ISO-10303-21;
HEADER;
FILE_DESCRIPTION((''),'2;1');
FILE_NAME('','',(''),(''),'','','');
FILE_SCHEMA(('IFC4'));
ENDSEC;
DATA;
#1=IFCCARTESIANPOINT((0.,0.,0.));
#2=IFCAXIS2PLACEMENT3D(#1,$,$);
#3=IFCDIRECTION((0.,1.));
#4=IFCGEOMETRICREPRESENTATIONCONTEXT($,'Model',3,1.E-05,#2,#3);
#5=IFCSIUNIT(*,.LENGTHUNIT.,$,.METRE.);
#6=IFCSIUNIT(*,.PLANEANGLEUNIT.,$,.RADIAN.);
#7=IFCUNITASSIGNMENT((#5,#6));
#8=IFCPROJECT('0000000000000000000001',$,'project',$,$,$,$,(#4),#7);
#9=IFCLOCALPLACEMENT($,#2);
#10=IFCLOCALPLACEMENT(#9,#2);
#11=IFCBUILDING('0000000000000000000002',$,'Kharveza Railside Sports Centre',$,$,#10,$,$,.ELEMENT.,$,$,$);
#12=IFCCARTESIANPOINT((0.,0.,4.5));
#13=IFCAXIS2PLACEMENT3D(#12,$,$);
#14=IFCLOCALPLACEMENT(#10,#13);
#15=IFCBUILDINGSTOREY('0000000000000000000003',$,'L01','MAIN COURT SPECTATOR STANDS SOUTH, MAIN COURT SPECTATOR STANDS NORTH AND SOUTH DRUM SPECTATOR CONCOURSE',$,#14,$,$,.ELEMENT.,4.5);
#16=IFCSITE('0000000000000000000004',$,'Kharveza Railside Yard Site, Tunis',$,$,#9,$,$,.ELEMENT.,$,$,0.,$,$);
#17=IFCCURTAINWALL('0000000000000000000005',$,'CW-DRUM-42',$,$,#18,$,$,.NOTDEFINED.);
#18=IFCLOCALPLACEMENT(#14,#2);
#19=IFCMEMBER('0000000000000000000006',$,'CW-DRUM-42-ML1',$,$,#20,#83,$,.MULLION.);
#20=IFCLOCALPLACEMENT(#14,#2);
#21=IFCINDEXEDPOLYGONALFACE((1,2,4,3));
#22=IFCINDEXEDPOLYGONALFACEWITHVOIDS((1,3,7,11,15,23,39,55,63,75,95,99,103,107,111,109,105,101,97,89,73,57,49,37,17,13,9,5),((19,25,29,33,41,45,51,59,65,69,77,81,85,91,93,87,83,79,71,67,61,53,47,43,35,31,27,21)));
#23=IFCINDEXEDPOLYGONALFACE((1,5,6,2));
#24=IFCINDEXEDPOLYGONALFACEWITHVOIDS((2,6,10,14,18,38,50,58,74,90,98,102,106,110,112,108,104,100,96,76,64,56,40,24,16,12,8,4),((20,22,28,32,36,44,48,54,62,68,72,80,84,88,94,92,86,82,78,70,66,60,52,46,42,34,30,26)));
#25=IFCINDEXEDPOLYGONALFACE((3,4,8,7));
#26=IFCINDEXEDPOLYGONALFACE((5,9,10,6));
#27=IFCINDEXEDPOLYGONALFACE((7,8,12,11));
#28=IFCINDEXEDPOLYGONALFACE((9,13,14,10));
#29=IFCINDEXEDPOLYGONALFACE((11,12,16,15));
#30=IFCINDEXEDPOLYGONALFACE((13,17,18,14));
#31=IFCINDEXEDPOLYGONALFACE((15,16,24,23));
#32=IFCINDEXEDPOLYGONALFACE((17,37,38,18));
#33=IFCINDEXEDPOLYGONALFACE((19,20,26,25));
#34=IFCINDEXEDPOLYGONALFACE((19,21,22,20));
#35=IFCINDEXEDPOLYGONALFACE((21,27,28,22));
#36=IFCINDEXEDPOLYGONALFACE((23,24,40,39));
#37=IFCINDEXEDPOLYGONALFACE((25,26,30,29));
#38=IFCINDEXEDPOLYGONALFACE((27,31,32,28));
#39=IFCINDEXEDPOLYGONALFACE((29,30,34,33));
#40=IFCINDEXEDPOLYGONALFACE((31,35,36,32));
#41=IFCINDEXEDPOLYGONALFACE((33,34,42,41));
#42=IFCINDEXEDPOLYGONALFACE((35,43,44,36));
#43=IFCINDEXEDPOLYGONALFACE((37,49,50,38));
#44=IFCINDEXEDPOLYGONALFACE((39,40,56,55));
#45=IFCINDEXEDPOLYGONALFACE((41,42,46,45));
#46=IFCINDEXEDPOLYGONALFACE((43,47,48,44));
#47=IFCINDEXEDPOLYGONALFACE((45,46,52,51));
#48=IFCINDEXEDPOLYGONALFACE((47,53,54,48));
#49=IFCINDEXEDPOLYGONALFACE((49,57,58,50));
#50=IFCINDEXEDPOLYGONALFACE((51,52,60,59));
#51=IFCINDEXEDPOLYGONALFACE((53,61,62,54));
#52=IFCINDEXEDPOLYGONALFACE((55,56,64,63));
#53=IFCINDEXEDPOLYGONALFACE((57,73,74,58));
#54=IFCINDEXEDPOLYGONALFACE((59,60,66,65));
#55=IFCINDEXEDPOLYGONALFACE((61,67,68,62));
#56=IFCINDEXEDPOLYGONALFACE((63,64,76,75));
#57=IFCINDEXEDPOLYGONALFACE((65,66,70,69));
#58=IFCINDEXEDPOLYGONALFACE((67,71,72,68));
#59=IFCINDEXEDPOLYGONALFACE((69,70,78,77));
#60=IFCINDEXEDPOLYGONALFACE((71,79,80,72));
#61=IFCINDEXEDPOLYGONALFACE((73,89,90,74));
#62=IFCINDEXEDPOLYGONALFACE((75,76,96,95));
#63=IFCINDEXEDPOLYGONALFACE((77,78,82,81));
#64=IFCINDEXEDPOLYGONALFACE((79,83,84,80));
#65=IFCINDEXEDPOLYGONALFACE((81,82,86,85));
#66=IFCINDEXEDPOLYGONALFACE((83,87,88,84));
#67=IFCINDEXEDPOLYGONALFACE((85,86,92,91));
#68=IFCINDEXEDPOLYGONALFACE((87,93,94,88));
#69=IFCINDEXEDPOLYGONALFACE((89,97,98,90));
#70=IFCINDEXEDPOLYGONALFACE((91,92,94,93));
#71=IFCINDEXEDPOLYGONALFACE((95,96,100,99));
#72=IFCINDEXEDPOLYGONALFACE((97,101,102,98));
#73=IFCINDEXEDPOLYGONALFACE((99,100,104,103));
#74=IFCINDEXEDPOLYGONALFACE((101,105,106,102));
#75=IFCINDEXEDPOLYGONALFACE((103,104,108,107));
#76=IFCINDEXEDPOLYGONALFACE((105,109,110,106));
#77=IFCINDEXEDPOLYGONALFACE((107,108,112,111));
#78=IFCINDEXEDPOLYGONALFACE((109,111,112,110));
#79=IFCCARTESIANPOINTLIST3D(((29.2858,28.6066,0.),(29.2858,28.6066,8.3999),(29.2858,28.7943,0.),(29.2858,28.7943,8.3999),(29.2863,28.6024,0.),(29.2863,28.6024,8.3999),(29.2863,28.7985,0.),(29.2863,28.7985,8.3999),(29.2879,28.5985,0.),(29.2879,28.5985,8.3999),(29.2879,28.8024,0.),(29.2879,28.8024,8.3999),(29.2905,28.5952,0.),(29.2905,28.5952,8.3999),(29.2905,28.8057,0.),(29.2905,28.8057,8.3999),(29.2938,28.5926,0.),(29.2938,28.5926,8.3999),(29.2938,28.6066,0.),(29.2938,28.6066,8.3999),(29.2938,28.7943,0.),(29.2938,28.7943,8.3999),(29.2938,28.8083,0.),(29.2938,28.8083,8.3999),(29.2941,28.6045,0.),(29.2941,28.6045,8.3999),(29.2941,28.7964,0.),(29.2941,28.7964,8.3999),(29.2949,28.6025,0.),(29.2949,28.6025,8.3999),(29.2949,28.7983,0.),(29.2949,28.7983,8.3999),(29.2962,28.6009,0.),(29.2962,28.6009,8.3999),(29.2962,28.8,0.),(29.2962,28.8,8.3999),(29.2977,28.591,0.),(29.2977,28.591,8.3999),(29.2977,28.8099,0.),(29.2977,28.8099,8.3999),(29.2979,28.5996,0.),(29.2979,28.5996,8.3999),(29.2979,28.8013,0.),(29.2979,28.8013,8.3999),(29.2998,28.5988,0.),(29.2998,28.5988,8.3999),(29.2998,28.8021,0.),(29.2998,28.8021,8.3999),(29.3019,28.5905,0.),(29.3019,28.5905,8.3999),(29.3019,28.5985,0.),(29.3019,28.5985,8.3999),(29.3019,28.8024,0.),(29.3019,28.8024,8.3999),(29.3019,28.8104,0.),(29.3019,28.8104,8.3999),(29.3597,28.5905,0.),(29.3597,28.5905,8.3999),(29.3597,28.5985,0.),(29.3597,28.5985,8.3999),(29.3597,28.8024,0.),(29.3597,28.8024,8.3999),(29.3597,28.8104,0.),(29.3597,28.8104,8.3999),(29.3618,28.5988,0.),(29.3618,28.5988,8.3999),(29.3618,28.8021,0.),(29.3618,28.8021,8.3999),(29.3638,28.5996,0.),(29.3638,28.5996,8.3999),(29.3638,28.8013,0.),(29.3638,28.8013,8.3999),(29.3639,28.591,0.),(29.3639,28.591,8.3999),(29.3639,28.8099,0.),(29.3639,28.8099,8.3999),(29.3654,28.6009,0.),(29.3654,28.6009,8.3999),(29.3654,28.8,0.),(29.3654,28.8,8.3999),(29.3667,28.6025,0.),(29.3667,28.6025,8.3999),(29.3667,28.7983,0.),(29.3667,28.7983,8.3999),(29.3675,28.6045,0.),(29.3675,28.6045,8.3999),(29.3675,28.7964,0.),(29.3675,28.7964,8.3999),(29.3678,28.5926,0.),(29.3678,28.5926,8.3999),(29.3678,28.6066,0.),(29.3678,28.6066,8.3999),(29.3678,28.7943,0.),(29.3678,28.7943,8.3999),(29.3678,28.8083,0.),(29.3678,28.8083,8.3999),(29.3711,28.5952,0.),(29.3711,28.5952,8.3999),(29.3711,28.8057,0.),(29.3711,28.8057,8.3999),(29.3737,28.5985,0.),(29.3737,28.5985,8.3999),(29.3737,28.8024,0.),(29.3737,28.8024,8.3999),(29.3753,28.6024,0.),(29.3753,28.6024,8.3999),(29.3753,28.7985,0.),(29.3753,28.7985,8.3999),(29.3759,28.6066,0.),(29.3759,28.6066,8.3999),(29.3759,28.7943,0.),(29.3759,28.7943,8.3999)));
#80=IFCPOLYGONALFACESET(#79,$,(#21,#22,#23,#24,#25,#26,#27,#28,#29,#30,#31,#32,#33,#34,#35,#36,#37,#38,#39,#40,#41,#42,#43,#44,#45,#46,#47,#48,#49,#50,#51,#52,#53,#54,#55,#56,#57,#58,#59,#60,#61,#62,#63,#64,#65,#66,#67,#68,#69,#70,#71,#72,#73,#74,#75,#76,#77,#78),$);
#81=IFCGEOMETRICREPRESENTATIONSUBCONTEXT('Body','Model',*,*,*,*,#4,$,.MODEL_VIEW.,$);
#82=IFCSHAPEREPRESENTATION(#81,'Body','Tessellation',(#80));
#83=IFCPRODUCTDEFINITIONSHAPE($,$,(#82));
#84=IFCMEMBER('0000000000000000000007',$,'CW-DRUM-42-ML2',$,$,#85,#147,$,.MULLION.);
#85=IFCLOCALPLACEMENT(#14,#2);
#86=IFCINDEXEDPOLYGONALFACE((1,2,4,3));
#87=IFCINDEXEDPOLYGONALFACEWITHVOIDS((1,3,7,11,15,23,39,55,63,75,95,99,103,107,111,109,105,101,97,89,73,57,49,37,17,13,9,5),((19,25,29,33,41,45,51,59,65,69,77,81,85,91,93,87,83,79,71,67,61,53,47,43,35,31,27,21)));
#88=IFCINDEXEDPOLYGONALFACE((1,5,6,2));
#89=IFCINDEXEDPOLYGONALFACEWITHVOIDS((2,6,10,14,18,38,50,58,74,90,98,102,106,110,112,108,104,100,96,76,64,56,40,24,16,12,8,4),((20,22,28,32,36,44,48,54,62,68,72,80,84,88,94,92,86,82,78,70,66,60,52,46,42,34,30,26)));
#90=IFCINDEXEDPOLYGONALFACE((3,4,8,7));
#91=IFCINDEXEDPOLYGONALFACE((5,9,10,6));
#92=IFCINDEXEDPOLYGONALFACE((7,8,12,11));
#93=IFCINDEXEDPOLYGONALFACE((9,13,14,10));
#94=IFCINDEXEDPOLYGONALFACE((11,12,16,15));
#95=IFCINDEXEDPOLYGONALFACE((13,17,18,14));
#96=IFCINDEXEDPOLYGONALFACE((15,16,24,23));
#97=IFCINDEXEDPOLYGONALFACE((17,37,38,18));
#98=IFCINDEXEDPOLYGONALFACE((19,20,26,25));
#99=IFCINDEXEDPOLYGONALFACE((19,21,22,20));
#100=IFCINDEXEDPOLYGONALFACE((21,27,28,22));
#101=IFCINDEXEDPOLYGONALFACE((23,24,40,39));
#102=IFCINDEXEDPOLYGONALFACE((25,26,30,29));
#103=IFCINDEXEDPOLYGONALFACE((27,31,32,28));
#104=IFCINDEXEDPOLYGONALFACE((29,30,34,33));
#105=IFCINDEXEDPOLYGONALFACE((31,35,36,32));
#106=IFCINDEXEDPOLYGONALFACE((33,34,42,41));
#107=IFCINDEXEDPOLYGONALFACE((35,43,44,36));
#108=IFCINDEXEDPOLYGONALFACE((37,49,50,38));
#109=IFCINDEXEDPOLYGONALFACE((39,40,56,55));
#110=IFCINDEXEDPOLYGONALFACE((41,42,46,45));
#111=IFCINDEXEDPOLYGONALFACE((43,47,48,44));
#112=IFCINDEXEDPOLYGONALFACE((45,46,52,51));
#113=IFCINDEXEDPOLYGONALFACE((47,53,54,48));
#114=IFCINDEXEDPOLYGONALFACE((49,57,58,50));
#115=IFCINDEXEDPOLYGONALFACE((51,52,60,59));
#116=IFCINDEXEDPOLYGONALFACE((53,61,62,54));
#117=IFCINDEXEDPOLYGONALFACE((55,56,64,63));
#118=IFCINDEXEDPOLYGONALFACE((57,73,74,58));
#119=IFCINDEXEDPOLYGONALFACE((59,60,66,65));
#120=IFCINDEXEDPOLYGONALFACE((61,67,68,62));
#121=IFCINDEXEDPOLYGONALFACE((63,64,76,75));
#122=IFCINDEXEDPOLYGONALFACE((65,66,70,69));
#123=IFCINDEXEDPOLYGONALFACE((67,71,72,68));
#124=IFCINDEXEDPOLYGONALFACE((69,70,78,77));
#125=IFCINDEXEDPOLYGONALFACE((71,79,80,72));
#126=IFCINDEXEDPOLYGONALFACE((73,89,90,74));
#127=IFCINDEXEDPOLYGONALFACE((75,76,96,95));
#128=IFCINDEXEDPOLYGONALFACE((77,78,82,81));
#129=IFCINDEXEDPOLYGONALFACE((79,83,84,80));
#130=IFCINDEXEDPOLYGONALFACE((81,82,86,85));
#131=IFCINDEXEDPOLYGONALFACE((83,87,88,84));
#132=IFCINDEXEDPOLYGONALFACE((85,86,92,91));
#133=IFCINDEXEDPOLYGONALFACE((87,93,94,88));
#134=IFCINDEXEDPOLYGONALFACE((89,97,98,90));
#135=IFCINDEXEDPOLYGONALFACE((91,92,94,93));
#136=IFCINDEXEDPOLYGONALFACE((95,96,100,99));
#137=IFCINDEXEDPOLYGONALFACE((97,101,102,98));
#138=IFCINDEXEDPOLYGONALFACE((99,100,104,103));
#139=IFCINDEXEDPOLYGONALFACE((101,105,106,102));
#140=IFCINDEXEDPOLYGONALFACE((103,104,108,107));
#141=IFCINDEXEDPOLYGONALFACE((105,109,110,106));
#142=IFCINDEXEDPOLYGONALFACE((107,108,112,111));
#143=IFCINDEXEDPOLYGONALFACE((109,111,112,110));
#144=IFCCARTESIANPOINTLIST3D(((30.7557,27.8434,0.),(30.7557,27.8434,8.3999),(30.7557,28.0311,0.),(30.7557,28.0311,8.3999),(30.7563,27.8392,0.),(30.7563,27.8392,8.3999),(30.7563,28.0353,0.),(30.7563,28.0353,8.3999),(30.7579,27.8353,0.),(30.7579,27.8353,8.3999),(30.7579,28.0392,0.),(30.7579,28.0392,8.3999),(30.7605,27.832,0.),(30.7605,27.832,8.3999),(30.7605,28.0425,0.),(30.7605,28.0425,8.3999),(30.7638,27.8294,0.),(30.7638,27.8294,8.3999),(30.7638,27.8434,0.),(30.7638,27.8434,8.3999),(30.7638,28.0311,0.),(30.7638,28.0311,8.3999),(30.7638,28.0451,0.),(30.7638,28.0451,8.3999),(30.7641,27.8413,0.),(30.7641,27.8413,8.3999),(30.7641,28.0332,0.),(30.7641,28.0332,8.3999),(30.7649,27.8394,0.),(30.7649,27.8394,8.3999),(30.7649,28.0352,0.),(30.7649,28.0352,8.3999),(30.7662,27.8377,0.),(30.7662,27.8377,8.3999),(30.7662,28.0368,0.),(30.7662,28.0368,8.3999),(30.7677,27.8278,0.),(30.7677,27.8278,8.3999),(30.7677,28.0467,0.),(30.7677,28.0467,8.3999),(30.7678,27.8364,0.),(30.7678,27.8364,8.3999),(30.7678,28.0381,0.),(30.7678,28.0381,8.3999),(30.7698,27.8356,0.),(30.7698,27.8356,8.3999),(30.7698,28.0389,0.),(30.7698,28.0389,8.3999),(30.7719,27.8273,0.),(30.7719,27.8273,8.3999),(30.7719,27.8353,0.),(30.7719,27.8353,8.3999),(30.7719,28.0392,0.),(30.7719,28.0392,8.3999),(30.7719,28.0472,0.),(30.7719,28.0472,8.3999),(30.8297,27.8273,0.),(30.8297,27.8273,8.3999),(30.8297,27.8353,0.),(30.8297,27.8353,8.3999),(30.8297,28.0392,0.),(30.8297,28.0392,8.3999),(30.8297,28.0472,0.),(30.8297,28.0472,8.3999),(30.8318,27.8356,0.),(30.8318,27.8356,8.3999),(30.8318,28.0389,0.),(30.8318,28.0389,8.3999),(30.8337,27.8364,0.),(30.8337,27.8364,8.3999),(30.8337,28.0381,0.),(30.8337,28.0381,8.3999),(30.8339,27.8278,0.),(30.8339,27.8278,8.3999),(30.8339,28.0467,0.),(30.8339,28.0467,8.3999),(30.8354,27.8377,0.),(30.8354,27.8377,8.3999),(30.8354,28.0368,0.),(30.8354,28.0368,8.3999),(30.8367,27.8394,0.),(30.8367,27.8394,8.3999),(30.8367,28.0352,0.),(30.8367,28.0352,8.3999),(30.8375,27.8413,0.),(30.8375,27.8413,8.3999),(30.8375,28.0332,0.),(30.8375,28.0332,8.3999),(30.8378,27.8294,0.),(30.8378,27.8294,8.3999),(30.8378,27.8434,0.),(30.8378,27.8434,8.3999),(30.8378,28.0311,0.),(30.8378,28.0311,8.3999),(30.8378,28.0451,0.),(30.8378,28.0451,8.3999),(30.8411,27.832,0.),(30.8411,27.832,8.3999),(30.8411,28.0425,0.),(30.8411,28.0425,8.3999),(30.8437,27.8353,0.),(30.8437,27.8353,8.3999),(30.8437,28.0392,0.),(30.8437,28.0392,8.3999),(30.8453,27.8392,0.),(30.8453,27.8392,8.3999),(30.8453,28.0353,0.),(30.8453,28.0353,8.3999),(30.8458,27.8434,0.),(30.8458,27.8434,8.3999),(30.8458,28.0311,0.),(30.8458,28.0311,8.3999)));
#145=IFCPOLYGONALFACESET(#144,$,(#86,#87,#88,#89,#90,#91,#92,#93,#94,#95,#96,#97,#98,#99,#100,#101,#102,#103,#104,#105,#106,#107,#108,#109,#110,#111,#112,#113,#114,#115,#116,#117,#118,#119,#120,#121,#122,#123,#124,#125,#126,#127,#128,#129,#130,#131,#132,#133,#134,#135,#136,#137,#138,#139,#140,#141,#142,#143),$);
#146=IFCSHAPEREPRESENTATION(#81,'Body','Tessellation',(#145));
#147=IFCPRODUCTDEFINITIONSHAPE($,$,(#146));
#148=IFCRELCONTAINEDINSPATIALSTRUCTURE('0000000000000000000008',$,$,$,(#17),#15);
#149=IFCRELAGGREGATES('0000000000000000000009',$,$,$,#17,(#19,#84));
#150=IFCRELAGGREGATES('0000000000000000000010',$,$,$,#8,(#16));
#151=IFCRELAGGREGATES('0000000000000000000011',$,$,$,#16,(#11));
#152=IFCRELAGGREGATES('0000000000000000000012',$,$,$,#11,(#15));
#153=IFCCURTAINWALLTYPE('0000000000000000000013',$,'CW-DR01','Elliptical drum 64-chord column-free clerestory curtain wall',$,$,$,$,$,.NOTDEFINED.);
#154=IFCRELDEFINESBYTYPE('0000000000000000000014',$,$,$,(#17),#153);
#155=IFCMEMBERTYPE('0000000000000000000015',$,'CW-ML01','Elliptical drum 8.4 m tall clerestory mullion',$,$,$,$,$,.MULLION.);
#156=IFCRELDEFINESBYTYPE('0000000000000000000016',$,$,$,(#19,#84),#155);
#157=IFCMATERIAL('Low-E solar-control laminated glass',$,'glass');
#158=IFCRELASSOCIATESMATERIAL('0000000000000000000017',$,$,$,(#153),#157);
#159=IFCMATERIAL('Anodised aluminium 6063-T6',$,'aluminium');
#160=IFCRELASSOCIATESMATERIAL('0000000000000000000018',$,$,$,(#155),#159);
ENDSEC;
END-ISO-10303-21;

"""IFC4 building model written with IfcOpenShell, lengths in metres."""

from ifc_helpers import new_model, si_unit, direction, frame, origin, origin_2d, place, context, subcontext, project, spatial, hollow_rectangle, extrude, material, material_profile, profile_set, type_object, element, aggregate, save


model = new_model("IFC4")

# Units and contexts
model_context = context("Model", 3, precision=1e-05, world=origin(), true_north=direction((0.0, 1.0)))
body_context = subcontext(model_context, "Body", "Model", "MODEL_VIEW")
ifc_project = project(units=[si_unit("LENGTHUNIT", "METRE"), si_unit("PLANEANGLEUNIT", "RADIAN")], contexts=[model_context])

# Site, building, storey
site_placement = place(None, origin())
site = spatial("IfcSite", under=ifc_project, at=site_placement, Name="Kharveza Railside Yard Site, Tunis", CompositionType="ELEMENT", RefElevation=0.0)
building_placement = place(site_placement, origin())
building = spatial("IfcBuilding", under=site, at=building_placement, Name="Kharveza Railside Sports Centre", CompositionType="ELEMENT")
storey_placement = place(building_placement, frame((0.0, 0.0, 4.5)))
storey = spatial("IfcBuildingStorey", under=building, at=storey_placement, Name="L01", Description="MAIN COURT SPECTATOR STANDS SOUTH, MAIN COURT SPECTATOR STANDS NORTH AND SOUTH DRUM SPECTATOR CONCOURSE", CompositionType="ELEMENT", Elevation=4.5)

# Curtain wall, members
ifc_material_1 = material(Name="Low-E solar-control laminated glass", Category="glass")
curtain_wall_type = type_object("IfcCurtainWallType", Name="CW-DR01", Description="Elliptical drum 64-chord column-free clerestory curtain wall", PredefinedType="NOTDEFINED", material=ifc_material_1)
ifc_material_2 = material(Name="Anodised aluminium 6063-T6", Category="aluminium")
ifc_material_profile_1 = material_profile(ifc_material_2, hollow_rectangle(XDim=0.0901, YDim=0.22, WallThickness=0.0081, InnerFilletRadius=0.0081, OuterFilletRadius=0.0161, at=origin_2d()), Name="RHS 90x220x8.0")
ifc_profile_set_1 = profile_set([ifc_material_profile_1], Name="Anodised aluminium 6063-T6")
member_type_1 = type_object("IfcMemberType", Name="CW-ML01", Description="Elliptical drum 8.4 m tall clerestory mullion", PredefinedType="MULLION", material=ifc_profile_set_1)
curtain_wall_1_placement = place(storey_placement, origin())
curtain_wall_1 = element("IfcCurtainWall", 1, at=curtain_wall_1_placement, inside=storey, type_object=curtain_wall_type, Name="CW-DRUM-42", PredefinedType="NOTDEFINED")
member_1_placement = place(storey_placement, frame((29.3308, 28.7004, 0.0), z_axis=(0.0, 0.0, 1.0), x_axis=(1.0, 0.0, 0.0)))
member_1 = element("IfcMember", 2, at=member_1_placement, type_object=member_type_1, Name="CW-DRUM-42-ML1", PredefinedType="MULLION", context=body_context, shape_type="SweptSolid", body=[
    extrude(hollow_rectangle(XDim=0.0901, YDim=0.22, WallThickness=0.0081, InnerFilletRadius=0.0081, OuterFilletRadius=0.0161, at=origin_2d()), origin(), (0.0, 0.0, 1.0), 8.3999),
])
member_2_placement = place(storey_placement, frame((30.8008, 27.9373, 0.0), z_axis=(0.0, 0.0, 1.0), x_axis=(1.0, 0.0, 0.0)))
member_2 = element("IfcMember", 3, at=member_2_placement, type_object=member_type_1, Name="CW-DRUM-42-ML2", PredefinedType="MULLION", context=body_context, shape_type="SweptSolid", body=[
    extrude(hollow_rectangle(XDim=0.0901, YDim=0.22, WallThickness=0.0081, InnerFilletRadius=0.0081, OuterFilletRadius=0.0161, at=origin_2d()), origin(), (0.0, 0.0, 1.0), 8.3999),
])

aggregate(curtain_wall_1, [member_1, member_2])

save(model, "model.ifc")
